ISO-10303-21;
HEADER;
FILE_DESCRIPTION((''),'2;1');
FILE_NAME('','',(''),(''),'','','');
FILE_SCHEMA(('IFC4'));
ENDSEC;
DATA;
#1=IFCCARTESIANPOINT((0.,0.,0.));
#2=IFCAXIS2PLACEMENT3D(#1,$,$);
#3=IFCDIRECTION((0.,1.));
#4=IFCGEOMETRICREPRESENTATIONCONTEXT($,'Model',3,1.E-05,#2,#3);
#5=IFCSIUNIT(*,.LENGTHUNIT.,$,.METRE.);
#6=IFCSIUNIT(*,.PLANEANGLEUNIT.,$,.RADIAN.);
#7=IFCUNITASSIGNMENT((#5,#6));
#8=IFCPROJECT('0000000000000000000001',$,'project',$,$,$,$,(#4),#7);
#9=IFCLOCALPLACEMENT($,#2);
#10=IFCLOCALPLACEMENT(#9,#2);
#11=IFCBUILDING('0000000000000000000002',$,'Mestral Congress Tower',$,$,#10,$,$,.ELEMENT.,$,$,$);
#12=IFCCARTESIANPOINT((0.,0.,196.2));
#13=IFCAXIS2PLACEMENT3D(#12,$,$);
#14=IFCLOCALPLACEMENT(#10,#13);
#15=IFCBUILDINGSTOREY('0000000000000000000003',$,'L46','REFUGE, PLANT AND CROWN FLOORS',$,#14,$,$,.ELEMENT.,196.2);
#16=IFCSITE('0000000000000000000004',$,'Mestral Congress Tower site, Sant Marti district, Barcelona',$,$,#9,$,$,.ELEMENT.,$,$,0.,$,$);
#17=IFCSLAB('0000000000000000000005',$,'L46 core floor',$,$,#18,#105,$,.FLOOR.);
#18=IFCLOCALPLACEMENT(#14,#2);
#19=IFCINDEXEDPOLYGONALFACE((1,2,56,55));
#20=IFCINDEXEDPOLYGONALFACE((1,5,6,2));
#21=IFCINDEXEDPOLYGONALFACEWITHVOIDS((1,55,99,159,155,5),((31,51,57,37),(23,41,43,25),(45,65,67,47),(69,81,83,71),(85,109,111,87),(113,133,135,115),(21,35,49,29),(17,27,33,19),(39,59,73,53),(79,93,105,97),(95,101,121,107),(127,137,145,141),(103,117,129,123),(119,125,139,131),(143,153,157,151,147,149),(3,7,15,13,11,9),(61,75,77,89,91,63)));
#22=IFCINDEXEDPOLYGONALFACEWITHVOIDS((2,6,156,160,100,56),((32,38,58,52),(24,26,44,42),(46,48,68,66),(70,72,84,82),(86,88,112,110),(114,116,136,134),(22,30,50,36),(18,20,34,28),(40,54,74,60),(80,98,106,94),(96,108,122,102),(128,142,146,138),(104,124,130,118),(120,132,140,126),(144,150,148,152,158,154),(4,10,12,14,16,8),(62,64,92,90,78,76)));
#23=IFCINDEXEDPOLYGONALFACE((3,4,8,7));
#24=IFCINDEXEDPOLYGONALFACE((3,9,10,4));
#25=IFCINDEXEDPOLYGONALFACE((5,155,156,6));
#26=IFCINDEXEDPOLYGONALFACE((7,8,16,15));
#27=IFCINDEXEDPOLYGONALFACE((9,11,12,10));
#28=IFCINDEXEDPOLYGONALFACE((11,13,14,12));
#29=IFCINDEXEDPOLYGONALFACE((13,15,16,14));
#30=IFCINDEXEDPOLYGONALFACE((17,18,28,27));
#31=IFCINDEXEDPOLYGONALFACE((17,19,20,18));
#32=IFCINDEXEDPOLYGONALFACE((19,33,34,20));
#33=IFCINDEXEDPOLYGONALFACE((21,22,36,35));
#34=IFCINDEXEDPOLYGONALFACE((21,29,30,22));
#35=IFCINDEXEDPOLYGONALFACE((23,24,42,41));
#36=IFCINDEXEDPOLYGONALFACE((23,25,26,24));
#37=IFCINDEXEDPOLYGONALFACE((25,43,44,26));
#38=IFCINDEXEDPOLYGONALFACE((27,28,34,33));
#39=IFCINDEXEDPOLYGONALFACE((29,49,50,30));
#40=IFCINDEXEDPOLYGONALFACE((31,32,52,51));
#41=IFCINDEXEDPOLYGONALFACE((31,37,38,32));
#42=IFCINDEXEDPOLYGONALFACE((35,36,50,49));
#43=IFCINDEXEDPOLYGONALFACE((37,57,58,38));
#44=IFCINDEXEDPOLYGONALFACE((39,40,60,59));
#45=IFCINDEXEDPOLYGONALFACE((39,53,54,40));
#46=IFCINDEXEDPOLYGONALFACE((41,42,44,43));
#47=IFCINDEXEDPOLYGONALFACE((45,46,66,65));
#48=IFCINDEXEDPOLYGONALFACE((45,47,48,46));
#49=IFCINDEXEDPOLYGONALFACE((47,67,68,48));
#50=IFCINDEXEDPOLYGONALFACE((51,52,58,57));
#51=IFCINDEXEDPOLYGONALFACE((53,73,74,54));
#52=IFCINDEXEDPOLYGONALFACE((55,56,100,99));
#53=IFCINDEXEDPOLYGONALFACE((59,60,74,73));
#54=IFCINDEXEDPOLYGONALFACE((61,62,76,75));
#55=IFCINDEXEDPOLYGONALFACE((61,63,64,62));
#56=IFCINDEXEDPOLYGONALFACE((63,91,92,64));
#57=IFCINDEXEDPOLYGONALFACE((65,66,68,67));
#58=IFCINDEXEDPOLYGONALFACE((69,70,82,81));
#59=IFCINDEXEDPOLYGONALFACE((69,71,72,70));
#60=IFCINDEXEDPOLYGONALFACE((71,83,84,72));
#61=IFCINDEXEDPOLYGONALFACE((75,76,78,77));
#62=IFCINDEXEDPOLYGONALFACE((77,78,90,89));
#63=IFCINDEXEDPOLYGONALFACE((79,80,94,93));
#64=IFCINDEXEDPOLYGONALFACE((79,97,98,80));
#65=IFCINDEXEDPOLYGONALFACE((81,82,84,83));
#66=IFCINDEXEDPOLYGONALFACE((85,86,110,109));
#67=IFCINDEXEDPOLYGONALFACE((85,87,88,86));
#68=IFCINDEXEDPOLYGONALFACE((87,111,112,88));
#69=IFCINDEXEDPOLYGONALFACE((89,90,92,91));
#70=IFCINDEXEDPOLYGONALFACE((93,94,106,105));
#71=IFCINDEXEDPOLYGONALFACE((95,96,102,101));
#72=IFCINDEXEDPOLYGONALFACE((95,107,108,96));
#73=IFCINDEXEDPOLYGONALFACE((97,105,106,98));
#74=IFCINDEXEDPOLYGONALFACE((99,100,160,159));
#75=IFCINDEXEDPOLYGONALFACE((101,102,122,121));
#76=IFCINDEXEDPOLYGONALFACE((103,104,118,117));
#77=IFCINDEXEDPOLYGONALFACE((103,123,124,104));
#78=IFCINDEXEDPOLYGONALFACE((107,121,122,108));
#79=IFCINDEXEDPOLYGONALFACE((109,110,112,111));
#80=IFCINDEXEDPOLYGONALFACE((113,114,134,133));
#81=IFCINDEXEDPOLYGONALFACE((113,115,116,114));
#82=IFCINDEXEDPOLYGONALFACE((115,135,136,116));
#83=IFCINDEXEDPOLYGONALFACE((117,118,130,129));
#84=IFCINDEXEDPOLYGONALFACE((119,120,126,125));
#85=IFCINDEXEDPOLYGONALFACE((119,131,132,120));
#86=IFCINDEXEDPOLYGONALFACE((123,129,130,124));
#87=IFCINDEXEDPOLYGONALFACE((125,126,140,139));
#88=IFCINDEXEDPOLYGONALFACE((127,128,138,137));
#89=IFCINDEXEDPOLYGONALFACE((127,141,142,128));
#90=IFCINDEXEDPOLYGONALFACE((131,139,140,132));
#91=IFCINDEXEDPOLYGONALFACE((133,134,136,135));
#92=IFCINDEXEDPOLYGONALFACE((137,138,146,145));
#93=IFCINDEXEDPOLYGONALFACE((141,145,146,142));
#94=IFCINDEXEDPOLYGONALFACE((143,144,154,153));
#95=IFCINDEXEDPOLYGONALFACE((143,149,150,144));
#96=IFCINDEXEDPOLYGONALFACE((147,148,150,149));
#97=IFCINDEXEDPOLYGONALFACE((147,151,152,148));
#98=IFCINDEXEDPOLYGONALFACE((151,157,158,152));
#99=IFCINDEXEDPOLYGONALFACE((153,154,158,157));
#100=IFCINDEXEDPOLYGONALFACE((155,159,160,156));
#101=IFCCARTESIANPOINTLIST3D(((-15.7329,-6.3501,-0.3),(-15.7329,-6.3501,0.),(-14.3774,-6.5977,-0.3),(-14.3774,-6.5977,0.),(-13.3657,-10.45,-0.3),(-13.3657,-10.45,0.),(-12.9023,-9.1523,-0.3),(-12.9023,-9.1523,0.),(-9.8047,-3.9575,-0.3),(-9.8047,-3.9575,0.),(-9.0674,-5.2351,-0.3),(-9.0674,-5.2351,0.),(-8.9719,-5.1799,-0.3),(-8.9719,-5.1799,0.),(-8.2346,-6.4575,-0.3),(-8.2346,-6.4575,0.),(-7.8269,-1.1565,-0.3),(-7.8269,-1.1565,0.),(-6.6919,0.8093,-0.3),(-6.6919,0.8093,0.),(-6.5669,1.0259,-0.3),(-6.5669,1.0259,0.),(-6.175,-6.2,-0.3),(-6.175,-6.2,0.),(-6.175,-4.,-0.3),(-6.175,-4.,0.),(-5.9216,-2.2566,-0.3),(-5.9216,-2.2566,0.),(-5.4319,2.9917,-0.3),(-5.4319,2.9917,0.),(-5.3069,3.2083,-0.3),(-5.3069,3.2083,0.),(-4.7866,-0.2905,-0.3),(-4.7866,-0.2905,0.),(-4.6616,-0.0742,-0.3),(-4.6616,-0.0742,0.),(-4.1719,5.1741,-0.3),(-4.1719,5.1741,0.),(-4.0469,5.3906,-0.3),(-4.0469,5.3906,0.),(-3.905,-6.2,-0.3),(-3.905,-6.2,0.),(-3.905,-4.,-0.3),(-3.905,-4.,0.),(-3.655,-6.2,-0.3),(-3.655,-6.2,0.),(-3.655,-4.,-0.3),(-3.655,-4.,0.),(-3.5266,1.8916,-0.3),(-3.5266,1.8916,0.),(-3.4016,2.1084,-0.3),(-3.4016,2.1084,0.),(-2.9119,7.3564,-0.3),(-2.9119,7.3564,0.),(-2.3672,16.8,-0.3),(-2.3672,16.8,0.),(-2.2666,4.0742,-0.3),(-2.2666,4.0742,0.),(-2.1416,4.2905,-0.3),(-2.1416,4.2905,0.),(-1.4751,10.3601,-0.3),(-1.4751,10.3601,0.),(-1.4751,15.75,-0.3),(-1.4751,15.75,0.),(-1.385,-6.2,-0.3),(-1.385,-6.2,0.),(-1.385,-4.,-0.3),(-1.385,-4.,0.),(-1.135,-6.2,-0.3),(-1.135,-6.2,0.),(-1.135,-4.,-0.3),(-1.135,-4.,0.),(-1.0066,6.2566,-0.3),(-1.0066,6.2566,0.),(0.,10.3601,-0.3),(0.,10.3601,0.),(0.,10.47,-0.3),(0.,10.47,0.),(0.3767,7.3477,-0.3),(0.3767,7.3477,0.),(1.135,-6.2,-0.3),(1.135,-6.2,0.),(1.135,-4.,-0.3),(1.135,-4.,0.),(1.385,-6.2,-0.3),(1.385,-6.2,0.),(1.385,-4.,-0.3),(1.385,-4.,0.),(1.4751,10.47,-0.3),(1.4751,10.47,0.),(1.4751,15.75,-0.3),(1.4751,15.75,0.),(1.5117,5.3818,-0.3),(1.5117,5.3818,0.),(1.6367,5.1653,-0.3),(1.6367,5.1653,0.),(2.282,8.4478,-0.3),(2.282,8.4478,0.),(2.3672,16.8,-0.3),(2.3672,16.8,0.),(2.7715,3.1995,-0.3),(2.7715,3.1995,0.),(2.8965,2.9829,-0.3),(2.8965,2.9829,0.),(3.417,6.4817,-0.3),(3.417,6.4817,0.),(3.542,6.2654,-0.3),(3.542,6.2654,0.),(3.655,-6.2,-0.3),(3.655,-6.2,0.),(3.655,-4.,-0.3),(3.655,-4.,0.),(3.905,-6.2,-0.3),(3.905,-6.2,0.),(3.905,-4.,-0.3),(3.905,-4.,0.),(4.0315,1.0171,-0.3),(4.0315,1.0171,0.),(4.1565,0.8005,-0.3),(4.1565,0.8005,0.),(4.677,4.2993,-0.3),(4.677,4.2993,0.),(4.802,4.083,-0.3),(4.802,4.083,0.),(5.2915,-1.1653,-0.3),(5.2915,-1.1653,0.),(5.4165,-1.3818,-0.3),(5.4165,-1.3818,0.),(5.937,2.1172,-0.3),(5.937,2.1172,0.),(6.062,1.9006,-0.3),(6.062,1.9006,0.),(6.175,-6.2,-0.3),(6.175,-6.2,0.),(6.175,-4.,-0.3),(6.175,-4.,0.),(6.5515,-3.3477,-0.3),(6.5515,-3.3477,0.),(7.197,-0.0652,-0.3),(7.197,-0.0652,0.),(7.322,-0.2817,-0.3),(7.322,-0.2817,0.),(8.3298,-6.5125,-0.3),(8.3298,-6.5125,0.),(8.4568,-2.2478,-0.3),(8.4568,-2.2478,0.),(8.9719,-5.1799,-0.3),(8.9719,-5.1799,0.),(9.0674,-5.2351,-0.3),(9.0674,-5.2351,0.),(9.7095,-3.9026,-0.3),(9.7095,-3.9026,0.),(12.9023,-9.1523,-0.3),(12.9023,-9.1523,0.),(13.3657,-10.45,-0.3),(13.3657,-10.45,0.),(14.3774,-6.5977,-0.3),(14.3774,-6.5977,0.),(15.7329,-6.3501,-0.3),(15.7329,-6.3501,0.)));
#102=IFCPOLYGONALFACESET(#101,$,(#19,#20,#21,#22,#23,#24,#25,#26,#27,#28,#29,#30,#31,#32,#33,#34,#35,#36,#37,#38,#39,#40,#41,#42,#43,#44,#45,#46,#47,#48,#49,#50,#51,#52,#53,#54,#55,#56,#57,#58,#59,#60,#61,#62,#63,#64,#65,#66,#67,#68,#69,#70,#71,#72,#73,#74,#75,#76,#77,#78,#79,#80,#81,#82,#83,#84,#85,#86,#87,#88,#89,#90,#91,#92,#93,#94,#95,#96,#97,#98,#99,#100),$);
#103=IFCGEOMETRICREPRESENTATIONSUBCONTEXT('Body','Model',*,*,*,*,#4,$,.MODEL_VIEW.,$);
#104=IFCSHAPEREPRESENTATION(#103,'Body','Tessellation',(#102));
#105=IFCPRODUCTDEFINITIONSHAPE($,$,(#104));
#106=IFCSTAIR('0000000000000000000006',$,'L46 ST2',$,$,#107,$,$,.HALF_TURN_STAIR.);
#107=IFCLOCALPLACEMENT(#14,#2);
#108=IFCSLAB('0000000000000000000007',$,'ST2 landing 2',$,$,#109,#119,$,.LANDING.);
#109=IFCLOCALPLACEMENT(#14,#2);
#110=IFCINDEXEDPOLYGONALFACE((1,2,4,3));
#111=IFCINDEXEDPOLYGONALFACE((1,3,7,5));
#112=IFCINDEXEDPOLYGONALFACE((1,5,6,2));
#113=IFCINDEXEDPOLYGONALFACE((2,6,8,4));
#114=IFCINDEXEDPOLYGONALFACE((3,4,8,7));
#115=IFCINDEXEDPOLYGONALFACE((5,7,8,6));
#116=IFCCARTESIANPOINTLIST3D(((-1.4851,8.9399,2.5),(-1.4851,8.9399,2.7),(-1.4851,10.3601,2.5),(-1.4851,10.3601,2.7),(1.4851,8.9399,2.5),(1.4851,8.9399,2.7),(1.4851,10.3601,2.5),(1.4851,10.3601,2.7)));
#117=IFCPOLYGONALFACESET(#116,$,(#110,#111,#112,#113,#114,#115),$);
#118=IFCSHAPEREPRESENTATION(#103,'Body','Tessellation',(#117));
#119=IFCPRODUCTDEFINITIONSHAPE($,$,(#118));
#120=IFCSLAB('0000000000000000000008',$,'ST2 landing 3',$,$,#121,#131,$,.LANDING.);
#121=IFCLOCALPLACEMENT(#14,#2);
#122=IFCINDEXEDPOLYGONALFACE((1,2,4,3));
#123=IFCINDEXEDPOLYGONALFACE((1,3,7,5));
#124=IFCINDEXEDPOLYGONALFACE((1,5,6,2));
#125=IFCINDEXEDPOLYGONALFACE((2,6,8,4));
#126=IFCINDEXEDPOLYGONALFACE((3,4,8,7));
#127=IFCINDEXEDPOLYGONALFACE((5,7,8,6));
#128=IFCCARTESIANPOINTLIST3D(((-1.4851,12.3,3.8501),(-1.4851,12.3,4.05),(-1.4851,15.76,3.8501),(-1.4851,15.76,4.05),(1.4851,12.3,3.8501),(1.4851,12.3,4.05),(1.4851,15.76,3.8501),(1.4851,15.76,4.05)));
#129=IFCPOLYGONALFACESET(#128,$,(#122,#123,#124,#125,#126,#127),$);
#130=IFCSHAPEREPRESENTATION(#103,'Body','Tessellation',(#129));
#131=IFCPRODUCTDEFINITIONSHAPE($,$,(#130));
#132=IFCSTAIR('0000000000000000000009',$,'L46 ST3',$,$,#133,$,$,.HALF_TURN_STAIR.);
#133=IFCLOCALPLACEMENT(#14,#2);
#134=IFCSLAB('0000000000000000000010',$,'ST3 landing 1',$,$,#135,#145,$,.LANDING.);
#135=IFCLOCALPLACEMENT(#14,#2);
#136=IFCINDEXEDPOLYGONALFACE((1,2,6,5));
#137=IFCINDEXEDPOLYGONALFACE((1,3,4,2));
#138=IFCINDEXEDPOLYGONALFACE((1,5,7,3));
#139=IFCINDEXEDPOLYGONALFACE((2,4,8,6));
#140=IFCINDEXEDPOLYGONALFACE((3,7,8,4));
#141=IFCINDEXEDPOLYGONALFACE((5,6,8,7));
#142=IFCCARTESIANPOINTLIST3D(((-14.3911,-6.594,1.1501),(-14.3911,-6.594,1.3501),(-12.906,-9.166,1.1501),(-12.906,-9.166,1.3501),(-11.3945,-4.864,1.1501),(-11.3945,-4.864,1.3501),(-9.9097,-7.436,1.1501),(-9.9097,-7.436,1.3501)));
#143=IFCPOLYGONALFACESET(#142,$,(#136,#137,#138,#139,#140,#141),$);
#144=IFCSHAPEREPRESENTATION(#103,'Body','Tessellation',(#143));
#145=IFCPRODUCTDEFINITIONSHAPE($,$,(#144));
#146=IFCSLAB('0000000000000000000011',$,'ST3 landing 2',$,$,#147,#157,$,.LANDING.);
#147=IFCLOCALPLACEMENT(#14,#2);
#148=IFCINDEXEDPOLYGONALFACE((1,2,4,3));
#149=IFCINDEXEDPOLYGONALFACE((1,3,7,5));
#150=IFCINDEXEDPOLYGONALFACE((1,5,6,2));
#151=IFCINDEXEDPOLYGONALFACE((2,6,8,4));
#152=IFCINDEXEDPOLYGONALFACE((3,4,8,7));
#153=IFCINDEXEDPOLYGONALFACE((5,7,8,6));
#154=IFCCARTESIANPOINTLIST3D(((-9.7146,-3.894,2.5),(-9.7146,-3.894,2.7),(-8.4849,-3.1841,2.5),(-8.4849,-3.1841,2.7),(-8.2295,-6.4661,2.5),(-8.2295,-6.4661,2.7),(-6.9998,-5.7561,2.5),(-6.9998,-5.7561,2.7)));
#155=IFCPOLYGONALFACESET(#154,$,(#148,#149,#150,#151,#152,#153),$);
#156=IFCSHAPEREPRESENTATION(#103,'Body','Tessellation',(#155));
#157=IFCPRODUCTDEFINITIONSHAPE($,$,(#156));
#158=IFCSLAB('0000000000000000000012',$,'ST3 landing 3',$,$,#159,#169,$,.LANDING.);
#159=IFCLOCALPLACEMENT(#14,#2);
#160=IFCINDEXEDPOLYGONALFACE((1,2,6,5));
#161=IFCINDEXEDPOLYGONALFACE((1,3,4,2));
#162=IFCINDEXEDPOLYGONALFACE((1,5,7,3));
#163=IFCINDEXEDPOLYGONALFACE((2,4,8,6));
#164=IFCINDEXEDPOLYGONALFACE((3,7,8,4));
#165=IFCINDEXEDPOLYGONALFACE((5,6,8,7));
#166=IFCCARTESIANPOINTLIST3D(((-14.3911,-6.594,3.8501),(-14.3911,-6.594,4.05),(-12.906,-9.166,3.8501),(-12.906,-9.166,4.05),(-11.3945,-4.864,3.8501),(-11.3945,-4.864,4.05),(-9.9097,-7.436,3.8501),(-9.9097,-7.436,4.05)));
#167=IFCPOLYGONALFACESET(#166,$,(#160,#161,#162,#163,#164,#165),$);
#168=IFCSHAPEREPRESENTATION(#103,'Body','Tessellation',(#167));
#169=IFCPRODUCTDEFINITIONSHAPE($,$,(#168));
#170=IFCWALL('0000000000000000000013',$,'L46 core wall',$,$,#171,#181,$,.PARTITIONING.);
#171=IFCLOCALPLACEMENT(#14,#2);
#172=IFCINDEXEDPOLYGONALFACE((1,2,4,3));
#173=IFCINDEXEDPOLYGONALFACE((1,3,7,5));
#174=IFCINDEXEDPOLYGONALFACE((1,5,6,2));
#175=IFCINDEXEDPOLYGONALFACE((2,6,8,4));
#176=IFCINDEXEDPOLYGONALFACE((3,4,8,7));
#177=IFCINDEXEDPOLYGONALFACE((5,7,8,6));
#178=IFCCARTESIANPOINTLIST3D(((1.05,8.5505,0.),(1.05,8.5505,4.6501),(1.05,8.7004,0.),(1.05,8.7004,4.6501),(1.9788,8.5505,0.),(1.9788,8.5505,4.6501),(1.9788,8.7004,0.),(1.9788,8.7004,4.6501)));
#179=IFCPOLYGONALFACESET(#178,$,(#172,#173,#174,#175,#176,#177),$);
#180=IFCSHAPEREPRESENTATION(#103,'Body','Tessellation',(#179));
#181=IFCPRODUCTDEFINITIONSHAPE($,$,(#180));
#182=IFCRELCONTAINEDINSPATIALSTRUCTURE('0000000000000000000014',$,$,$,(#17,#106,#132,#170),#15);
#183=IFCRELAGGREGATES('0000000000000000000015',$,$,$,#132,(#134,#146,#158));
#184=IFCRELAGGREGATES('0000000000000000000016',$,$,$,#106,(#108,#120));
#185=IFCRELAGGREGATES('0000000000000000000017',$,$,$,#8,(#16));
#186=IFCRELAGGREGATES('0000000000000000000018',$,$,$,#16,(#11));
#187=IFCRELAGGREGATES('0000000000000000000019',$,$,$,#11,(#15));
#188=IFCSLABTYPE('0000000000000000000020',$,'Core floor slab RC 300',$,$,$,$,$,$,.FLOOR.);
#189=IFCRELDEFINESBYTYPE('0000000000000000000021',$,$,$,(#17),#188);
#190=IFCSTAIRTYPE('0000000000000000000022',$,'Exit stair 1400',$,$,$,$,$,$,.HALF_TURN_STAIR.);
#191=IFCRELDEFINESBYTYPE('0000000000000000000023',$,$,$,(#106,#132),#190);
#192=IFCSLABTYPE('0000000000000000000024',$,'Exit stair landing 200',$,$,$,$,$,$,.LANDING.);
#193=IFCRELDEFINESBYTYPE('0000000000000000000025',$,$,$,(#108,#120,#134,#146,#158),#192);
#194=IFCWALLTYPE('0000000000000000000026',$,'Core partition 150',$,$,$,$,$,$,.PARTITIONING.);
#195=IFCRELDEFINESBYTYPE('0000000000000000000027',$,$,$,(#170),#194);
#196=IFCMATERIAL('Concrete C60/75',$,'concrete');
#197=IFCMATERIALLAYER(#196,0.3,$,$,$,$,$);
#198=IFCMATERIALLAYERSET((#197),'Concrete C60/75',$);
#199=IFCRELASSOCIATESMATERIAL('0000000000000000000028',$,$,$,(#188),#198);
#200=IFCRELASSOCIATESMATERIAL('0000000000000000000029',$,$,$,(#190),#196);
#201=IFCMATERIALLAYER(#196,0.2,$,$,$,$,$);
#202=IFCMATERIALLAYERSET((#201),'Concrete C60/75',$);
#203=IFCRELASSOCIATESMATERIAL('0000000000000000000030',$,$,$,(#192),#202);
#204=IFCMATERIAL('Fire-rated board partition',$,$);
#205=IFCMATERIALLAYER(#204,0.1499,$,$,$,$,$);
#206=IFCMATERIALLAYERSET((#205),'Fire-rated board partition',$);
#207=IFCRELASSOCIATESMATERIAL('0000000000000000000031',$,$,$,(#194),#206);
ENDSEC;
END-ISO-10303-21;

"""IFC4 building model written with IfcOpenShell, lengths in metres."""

from ifc_helpers import new_model, si_unit, direction, frame, frame_2d, origin, place, context, subcontext, project, spatial, polyline, rectangle, outline, extrude, material, layer, layer_set, type_object, element, aggregate, save


model = new_model("IFC4")

# Units and contexts
model_context = context("Model", 3, precision=1e-05, world=origin(), true_north=direction((0.0, 1.0)))
body_context = subcontext(model_context, "Body", "Model", "MODEL_VIEW")
ifc_project = project(units=[si_unit("LENGTHUNIT", "METRE"), si_unit("PLANEANGLEUNIT", "RADIAN")], contexts=[model_context])

# Site, building, storey
site_placement = place(None, origin())
site = spatial("IfcSite", under=ifc_project, at=site_placement, Name="Mestral Congress Tower site, Sant Marti district, Barcelona", CompositionType="ELEMENT", RefElevation=0.0)
building_placement = place(site_placement, origin())
building = spatial("IfcBuilding", under=site, at=building_placement, Name="Mestral Congress Tower", CompositionType="ELEMENT")
storey_placement = place(building_placement, frame((0.0, 0.0, 196.2)))
storey = spatial("IfcBuildingStorey", under=building, at=storey_placement, Name="L46", Description="REFUGE, PLANT AND CROWN FLOORS", CompositionType="ELEMENT", Elevation=196.2)

# Slab
ifc_material_1 = material(Name="Concrete C60/75", Category="concrete")
ifc_layer_1 = layer(ifc_material_1, 0.3)
ifc_layer_set_1 = layer_set([ifc_layer_1], Name="Concrete C60/75")
slab_type_1 = type_object("IfcSlabType", Name="Core floor slab RC 300", PredefinedType="FLOOR", material=ifc_layer_set_1)
slab_1_placement = place(storey_placement, frame((0.0, 0.0, -0.3)))
element("IfcSlab", 1, at=slab_1_placement, inside=storey, type_object=slab_type_1, Name="L46 core floor", PredefinedType="FLOOR", context=body_context, shape_type="SweptSolid", body=[
    extrude(outline(polyline([(13.3657, -10.45), (-13.3657, -10.45), (-15.7329, -6.3501), (-2.3672, 16.8), (2.3672, 16.8), (15.7329, -6.3501), (13.3657, -10.45)]), holes=[polyline([(-9.8047, -3.9575), (-14.3774, -6.5977), (-12.9023, -9.1523), (-8.2346, -6.4575), (-8.9719, -5.1799), (-9.0674, -5.2351), (-9.8047, -3.9575)]), polyline([(-3.905, -4.0), (-6.175, -4.0), (-6.175, -6.2), (-3.905, -6.2), (-3.905, -4.0)]), polyline([(-1.385, -4.0), (-3.655, -4.0), (-3.655, -6.2), (-1.385, -6.2), (-1.385, -4.0)]), polyline([(1.135, -4.0), (-1.135, -4.0), (-1.135, -6.2), (1.135, -6.2), (1.135, -4.0)]), polyline([(-5.9216, -2.2566), (-4.7866, -0.2905), (-6.6919, 0.8093), (-7.8269, -1.1565), (-5.9216, -2.2566)]), polyline([(-4.6616, -0.0742), (-3.5266, 1.8916), (-5.4319, 2.9917), (-6.5669, 1.0259), (-4.6616, -0.0742)]), polyline([(-3.4016, 2.1084), (-2.2666, 4.0742), (-4.1719, 5.1741), (-5.3069, 3.2083), (-3.4016, 2.1084)]), polyline([(-2.1416, 4.2905), (-1.0066, 6.2566), (-2.9119, 7.3564), (-4.0469, 5.3906), (-2.1416, 4.2905)]), polyline([(1.4751, 10.47), (1.4751, 15.75), (-1.4751, 15.75), (-1.4751, 10.3601), (0.0, 10.3601), (0.0, 10.47), (1.4751, 10.47)]), polyline([(8.3298, -6.5125), (12.9023, -9.1523), (14.3774, -6.5977), (9.7095, -3.9026), (8.9719, -5.1799), (9.0674, -5.2351), (8.3298, -6.5125)]), polyline([(3.655, -4.0), (1.385, -4.0), (1.385, -6.2), (3.655, -6.2), (3.655, -4.0)]), polyline([(6.175, -4.0), (3.905, -4.0), (3.905, -6.2), (6.175, -6.2), (6.175, -4.0)]), polyline([(5.4165, -1.3818), (6.5515, -3.3477), (8.4568, -2.2478), (7.322, -0.2817), (5.4165, -1.3818)]), polyline([(4.1565, 0.8005), (5.2915, -1.1653), (7.197, -0.0652), (6.062, 1.9006), (4.1565, 0.8005)]), polyline([(2.8965, 2.9829), (4.0315, 1.0171), (5.937, 2.1172), (4.802, 4.083), (2.8965, 2.9829)]), polyline([(3.542, 6.2654), (1.6367, 5.1653), (2.7715, 3.1995), (4.677, 4.2993), (3.542, 6.2654)]), polyline([(2.282, 8.4478), (0.3767, 7.3477), (1.5117, 5.3818), (3.417, 6.4817), (2.282, 8.4478)])]), origin(), (0.0, 0.0, 1.0), 0.3),
])

# Stairs, slabs
stair_type = type_object("IfcStairType", Name="Exit stair 1400", PredefinedType="HALF_TURN_STAIR", material=ifc_material_1)
placement_1 = place(storey_placement, origin())
stair_1 = element("IfcStair", 2, at=placement_1, inside=storey, type_object=stair_type, Name="L46 ST2", PredefinedType="HALF_TURN_STAIR")
ifc_layer_2 = layer(ifc_material_1, 0.2)
ifc_layer_set_2 = layer_set([ifc_layer_2], Name="Concrete C60/75")
slab_type_2 = type_object("IfcSlabType", Name="Exit stair landing 200", PredefinedType="LANDING", material=ifc_layer_set_2)
placement_2 = place(storey_placement, frame((0.0, 0.0, 2.5)))
slab_2 = element("IfcSlab", 3, at=placement_2, type_object=slab_type_2, Name="ST2 landing 2", PredefinedType="LANDING", context=body_context, shape_type="SweptSolid", body=[
    extrude(outline(polyline([(1.4851, 8.9399), (-1.4851, 8.9399), (-1.4851, 10.3601), (1.4851, 10.3601), (1.4851, 8.9399)])), origin(), (0.0, 0.0, 1.0), 0.2),
])
placement_3 = place(storey_placement, frame((0.0, 0.0, 3.8501)))
slab_3 = element("IfcSlab", 4, at=placement_3, type_object=slab_type_2, Name="ST2 landing 3", PredefinedType="LANDING", context=body_context, shape_type="SweptSolid", body=[
    extrude(outline(polyline([(1.4851, 12.3), (-1.4851, 12.3), (-1.4851, 15.76), (1.4851, 15.76), (1.4851, 12.3)])), origin(), (0.0, 0.0, 1.0), 0.2),
])
stair_2 = element("IfcStair", 5, at=placement_1, inside=storey, type_object=stair_type, Name="L46 ST3", PredefinedType="HALF_TURN_STAIR")
slab_4_placement = place(storey_placement, frame((0.0, 0.0, 1.1501)))
slab_4 = element("IfcSlab", 6, at=slab_4_placement, type_object=slab_type_2, Name="ST3 landing 1", PredefinedType="LANDING", context=body_context, shape_type="SweptSolid", body=[
    extrude(outline(polyline([(-11.3945, -4.864), (-9.9097, -7.436), (-12.906, -9.166), (-14.3911, -6.594), (-11.3945, -4.864)])), origin(), (0.0, 0.0, 1.0), 0.2),
])
slab_5 = element("IfcSlab", 7, at=placement_2, type_object=slab_type_2, Name="ST3 landing 2", PredefinedType="LANDING", context=body_context, shape_type="SweptSolid", body=[
    extrude(outline(polyline([(-8.4849, -3.1841), (-6.9998, -5.7561), (-8.2295, -6.4661), (-9.7146, -3.894), (-8.4849, -3.1841)])), origin(), (0.0, 0.0, 1.0), 0.2),
])
slab_6 = element("IfcSlab", 8, at=placement_3, type_object=slab_type_2, Name="ST3 landing 3", PredefinedType="LANDING", context=body_context, shape_type="SweptSolid", body=[
    extrude(outline(polyline([(-11.3945, -4.864), (-9.9097, -7.436), (-12.906, -9.166), (-14.3911, -6.594), (-11.3945, -4.864)])), origin(), (0.0, 0.0, 1.0), 0.2),
])
aggregate(stair_2, [slab_4, slab_5, slab_6])

# Wall
ifc_material_2 = material(Name="Fire-rated board partition")
ifc_layer_3 = layer(ifc_material_2, 0.1499)
ifc_layer_set_3 = layer_set([ifc_layer_3], Name="Fire-rated board partition")
wall_type_1 = type_object("IfcWallType", Name="Core partition 150", PredefinedType="PARTITIONING", material=ifc_layer_set_3)
wall_1_placement = place(storey_placement, frame((1.05, 8.6255, 0.0), z_axis=(0.0, 0.0, 1.0), x_axis=(1.0, 0.0, 0.0)))
element("IfcWall", 9, at=wall_1_placement, inside=storey, type_object=wall_type_1, Name="L46 core wall", PredefinedType="PARTITIONING", context=body_context, shape_type="SweptSolid", body=[
    extrude(rectangle(XDim=0.9287, YDim=0.1499, at=frame_2d((0.4644, 0.0))), origin(), (0.0, 0.0, 1.0), 4.6501),
])

aggregate(stair_1, [slab_2, slab_3])

save(model, "model.ifc")
